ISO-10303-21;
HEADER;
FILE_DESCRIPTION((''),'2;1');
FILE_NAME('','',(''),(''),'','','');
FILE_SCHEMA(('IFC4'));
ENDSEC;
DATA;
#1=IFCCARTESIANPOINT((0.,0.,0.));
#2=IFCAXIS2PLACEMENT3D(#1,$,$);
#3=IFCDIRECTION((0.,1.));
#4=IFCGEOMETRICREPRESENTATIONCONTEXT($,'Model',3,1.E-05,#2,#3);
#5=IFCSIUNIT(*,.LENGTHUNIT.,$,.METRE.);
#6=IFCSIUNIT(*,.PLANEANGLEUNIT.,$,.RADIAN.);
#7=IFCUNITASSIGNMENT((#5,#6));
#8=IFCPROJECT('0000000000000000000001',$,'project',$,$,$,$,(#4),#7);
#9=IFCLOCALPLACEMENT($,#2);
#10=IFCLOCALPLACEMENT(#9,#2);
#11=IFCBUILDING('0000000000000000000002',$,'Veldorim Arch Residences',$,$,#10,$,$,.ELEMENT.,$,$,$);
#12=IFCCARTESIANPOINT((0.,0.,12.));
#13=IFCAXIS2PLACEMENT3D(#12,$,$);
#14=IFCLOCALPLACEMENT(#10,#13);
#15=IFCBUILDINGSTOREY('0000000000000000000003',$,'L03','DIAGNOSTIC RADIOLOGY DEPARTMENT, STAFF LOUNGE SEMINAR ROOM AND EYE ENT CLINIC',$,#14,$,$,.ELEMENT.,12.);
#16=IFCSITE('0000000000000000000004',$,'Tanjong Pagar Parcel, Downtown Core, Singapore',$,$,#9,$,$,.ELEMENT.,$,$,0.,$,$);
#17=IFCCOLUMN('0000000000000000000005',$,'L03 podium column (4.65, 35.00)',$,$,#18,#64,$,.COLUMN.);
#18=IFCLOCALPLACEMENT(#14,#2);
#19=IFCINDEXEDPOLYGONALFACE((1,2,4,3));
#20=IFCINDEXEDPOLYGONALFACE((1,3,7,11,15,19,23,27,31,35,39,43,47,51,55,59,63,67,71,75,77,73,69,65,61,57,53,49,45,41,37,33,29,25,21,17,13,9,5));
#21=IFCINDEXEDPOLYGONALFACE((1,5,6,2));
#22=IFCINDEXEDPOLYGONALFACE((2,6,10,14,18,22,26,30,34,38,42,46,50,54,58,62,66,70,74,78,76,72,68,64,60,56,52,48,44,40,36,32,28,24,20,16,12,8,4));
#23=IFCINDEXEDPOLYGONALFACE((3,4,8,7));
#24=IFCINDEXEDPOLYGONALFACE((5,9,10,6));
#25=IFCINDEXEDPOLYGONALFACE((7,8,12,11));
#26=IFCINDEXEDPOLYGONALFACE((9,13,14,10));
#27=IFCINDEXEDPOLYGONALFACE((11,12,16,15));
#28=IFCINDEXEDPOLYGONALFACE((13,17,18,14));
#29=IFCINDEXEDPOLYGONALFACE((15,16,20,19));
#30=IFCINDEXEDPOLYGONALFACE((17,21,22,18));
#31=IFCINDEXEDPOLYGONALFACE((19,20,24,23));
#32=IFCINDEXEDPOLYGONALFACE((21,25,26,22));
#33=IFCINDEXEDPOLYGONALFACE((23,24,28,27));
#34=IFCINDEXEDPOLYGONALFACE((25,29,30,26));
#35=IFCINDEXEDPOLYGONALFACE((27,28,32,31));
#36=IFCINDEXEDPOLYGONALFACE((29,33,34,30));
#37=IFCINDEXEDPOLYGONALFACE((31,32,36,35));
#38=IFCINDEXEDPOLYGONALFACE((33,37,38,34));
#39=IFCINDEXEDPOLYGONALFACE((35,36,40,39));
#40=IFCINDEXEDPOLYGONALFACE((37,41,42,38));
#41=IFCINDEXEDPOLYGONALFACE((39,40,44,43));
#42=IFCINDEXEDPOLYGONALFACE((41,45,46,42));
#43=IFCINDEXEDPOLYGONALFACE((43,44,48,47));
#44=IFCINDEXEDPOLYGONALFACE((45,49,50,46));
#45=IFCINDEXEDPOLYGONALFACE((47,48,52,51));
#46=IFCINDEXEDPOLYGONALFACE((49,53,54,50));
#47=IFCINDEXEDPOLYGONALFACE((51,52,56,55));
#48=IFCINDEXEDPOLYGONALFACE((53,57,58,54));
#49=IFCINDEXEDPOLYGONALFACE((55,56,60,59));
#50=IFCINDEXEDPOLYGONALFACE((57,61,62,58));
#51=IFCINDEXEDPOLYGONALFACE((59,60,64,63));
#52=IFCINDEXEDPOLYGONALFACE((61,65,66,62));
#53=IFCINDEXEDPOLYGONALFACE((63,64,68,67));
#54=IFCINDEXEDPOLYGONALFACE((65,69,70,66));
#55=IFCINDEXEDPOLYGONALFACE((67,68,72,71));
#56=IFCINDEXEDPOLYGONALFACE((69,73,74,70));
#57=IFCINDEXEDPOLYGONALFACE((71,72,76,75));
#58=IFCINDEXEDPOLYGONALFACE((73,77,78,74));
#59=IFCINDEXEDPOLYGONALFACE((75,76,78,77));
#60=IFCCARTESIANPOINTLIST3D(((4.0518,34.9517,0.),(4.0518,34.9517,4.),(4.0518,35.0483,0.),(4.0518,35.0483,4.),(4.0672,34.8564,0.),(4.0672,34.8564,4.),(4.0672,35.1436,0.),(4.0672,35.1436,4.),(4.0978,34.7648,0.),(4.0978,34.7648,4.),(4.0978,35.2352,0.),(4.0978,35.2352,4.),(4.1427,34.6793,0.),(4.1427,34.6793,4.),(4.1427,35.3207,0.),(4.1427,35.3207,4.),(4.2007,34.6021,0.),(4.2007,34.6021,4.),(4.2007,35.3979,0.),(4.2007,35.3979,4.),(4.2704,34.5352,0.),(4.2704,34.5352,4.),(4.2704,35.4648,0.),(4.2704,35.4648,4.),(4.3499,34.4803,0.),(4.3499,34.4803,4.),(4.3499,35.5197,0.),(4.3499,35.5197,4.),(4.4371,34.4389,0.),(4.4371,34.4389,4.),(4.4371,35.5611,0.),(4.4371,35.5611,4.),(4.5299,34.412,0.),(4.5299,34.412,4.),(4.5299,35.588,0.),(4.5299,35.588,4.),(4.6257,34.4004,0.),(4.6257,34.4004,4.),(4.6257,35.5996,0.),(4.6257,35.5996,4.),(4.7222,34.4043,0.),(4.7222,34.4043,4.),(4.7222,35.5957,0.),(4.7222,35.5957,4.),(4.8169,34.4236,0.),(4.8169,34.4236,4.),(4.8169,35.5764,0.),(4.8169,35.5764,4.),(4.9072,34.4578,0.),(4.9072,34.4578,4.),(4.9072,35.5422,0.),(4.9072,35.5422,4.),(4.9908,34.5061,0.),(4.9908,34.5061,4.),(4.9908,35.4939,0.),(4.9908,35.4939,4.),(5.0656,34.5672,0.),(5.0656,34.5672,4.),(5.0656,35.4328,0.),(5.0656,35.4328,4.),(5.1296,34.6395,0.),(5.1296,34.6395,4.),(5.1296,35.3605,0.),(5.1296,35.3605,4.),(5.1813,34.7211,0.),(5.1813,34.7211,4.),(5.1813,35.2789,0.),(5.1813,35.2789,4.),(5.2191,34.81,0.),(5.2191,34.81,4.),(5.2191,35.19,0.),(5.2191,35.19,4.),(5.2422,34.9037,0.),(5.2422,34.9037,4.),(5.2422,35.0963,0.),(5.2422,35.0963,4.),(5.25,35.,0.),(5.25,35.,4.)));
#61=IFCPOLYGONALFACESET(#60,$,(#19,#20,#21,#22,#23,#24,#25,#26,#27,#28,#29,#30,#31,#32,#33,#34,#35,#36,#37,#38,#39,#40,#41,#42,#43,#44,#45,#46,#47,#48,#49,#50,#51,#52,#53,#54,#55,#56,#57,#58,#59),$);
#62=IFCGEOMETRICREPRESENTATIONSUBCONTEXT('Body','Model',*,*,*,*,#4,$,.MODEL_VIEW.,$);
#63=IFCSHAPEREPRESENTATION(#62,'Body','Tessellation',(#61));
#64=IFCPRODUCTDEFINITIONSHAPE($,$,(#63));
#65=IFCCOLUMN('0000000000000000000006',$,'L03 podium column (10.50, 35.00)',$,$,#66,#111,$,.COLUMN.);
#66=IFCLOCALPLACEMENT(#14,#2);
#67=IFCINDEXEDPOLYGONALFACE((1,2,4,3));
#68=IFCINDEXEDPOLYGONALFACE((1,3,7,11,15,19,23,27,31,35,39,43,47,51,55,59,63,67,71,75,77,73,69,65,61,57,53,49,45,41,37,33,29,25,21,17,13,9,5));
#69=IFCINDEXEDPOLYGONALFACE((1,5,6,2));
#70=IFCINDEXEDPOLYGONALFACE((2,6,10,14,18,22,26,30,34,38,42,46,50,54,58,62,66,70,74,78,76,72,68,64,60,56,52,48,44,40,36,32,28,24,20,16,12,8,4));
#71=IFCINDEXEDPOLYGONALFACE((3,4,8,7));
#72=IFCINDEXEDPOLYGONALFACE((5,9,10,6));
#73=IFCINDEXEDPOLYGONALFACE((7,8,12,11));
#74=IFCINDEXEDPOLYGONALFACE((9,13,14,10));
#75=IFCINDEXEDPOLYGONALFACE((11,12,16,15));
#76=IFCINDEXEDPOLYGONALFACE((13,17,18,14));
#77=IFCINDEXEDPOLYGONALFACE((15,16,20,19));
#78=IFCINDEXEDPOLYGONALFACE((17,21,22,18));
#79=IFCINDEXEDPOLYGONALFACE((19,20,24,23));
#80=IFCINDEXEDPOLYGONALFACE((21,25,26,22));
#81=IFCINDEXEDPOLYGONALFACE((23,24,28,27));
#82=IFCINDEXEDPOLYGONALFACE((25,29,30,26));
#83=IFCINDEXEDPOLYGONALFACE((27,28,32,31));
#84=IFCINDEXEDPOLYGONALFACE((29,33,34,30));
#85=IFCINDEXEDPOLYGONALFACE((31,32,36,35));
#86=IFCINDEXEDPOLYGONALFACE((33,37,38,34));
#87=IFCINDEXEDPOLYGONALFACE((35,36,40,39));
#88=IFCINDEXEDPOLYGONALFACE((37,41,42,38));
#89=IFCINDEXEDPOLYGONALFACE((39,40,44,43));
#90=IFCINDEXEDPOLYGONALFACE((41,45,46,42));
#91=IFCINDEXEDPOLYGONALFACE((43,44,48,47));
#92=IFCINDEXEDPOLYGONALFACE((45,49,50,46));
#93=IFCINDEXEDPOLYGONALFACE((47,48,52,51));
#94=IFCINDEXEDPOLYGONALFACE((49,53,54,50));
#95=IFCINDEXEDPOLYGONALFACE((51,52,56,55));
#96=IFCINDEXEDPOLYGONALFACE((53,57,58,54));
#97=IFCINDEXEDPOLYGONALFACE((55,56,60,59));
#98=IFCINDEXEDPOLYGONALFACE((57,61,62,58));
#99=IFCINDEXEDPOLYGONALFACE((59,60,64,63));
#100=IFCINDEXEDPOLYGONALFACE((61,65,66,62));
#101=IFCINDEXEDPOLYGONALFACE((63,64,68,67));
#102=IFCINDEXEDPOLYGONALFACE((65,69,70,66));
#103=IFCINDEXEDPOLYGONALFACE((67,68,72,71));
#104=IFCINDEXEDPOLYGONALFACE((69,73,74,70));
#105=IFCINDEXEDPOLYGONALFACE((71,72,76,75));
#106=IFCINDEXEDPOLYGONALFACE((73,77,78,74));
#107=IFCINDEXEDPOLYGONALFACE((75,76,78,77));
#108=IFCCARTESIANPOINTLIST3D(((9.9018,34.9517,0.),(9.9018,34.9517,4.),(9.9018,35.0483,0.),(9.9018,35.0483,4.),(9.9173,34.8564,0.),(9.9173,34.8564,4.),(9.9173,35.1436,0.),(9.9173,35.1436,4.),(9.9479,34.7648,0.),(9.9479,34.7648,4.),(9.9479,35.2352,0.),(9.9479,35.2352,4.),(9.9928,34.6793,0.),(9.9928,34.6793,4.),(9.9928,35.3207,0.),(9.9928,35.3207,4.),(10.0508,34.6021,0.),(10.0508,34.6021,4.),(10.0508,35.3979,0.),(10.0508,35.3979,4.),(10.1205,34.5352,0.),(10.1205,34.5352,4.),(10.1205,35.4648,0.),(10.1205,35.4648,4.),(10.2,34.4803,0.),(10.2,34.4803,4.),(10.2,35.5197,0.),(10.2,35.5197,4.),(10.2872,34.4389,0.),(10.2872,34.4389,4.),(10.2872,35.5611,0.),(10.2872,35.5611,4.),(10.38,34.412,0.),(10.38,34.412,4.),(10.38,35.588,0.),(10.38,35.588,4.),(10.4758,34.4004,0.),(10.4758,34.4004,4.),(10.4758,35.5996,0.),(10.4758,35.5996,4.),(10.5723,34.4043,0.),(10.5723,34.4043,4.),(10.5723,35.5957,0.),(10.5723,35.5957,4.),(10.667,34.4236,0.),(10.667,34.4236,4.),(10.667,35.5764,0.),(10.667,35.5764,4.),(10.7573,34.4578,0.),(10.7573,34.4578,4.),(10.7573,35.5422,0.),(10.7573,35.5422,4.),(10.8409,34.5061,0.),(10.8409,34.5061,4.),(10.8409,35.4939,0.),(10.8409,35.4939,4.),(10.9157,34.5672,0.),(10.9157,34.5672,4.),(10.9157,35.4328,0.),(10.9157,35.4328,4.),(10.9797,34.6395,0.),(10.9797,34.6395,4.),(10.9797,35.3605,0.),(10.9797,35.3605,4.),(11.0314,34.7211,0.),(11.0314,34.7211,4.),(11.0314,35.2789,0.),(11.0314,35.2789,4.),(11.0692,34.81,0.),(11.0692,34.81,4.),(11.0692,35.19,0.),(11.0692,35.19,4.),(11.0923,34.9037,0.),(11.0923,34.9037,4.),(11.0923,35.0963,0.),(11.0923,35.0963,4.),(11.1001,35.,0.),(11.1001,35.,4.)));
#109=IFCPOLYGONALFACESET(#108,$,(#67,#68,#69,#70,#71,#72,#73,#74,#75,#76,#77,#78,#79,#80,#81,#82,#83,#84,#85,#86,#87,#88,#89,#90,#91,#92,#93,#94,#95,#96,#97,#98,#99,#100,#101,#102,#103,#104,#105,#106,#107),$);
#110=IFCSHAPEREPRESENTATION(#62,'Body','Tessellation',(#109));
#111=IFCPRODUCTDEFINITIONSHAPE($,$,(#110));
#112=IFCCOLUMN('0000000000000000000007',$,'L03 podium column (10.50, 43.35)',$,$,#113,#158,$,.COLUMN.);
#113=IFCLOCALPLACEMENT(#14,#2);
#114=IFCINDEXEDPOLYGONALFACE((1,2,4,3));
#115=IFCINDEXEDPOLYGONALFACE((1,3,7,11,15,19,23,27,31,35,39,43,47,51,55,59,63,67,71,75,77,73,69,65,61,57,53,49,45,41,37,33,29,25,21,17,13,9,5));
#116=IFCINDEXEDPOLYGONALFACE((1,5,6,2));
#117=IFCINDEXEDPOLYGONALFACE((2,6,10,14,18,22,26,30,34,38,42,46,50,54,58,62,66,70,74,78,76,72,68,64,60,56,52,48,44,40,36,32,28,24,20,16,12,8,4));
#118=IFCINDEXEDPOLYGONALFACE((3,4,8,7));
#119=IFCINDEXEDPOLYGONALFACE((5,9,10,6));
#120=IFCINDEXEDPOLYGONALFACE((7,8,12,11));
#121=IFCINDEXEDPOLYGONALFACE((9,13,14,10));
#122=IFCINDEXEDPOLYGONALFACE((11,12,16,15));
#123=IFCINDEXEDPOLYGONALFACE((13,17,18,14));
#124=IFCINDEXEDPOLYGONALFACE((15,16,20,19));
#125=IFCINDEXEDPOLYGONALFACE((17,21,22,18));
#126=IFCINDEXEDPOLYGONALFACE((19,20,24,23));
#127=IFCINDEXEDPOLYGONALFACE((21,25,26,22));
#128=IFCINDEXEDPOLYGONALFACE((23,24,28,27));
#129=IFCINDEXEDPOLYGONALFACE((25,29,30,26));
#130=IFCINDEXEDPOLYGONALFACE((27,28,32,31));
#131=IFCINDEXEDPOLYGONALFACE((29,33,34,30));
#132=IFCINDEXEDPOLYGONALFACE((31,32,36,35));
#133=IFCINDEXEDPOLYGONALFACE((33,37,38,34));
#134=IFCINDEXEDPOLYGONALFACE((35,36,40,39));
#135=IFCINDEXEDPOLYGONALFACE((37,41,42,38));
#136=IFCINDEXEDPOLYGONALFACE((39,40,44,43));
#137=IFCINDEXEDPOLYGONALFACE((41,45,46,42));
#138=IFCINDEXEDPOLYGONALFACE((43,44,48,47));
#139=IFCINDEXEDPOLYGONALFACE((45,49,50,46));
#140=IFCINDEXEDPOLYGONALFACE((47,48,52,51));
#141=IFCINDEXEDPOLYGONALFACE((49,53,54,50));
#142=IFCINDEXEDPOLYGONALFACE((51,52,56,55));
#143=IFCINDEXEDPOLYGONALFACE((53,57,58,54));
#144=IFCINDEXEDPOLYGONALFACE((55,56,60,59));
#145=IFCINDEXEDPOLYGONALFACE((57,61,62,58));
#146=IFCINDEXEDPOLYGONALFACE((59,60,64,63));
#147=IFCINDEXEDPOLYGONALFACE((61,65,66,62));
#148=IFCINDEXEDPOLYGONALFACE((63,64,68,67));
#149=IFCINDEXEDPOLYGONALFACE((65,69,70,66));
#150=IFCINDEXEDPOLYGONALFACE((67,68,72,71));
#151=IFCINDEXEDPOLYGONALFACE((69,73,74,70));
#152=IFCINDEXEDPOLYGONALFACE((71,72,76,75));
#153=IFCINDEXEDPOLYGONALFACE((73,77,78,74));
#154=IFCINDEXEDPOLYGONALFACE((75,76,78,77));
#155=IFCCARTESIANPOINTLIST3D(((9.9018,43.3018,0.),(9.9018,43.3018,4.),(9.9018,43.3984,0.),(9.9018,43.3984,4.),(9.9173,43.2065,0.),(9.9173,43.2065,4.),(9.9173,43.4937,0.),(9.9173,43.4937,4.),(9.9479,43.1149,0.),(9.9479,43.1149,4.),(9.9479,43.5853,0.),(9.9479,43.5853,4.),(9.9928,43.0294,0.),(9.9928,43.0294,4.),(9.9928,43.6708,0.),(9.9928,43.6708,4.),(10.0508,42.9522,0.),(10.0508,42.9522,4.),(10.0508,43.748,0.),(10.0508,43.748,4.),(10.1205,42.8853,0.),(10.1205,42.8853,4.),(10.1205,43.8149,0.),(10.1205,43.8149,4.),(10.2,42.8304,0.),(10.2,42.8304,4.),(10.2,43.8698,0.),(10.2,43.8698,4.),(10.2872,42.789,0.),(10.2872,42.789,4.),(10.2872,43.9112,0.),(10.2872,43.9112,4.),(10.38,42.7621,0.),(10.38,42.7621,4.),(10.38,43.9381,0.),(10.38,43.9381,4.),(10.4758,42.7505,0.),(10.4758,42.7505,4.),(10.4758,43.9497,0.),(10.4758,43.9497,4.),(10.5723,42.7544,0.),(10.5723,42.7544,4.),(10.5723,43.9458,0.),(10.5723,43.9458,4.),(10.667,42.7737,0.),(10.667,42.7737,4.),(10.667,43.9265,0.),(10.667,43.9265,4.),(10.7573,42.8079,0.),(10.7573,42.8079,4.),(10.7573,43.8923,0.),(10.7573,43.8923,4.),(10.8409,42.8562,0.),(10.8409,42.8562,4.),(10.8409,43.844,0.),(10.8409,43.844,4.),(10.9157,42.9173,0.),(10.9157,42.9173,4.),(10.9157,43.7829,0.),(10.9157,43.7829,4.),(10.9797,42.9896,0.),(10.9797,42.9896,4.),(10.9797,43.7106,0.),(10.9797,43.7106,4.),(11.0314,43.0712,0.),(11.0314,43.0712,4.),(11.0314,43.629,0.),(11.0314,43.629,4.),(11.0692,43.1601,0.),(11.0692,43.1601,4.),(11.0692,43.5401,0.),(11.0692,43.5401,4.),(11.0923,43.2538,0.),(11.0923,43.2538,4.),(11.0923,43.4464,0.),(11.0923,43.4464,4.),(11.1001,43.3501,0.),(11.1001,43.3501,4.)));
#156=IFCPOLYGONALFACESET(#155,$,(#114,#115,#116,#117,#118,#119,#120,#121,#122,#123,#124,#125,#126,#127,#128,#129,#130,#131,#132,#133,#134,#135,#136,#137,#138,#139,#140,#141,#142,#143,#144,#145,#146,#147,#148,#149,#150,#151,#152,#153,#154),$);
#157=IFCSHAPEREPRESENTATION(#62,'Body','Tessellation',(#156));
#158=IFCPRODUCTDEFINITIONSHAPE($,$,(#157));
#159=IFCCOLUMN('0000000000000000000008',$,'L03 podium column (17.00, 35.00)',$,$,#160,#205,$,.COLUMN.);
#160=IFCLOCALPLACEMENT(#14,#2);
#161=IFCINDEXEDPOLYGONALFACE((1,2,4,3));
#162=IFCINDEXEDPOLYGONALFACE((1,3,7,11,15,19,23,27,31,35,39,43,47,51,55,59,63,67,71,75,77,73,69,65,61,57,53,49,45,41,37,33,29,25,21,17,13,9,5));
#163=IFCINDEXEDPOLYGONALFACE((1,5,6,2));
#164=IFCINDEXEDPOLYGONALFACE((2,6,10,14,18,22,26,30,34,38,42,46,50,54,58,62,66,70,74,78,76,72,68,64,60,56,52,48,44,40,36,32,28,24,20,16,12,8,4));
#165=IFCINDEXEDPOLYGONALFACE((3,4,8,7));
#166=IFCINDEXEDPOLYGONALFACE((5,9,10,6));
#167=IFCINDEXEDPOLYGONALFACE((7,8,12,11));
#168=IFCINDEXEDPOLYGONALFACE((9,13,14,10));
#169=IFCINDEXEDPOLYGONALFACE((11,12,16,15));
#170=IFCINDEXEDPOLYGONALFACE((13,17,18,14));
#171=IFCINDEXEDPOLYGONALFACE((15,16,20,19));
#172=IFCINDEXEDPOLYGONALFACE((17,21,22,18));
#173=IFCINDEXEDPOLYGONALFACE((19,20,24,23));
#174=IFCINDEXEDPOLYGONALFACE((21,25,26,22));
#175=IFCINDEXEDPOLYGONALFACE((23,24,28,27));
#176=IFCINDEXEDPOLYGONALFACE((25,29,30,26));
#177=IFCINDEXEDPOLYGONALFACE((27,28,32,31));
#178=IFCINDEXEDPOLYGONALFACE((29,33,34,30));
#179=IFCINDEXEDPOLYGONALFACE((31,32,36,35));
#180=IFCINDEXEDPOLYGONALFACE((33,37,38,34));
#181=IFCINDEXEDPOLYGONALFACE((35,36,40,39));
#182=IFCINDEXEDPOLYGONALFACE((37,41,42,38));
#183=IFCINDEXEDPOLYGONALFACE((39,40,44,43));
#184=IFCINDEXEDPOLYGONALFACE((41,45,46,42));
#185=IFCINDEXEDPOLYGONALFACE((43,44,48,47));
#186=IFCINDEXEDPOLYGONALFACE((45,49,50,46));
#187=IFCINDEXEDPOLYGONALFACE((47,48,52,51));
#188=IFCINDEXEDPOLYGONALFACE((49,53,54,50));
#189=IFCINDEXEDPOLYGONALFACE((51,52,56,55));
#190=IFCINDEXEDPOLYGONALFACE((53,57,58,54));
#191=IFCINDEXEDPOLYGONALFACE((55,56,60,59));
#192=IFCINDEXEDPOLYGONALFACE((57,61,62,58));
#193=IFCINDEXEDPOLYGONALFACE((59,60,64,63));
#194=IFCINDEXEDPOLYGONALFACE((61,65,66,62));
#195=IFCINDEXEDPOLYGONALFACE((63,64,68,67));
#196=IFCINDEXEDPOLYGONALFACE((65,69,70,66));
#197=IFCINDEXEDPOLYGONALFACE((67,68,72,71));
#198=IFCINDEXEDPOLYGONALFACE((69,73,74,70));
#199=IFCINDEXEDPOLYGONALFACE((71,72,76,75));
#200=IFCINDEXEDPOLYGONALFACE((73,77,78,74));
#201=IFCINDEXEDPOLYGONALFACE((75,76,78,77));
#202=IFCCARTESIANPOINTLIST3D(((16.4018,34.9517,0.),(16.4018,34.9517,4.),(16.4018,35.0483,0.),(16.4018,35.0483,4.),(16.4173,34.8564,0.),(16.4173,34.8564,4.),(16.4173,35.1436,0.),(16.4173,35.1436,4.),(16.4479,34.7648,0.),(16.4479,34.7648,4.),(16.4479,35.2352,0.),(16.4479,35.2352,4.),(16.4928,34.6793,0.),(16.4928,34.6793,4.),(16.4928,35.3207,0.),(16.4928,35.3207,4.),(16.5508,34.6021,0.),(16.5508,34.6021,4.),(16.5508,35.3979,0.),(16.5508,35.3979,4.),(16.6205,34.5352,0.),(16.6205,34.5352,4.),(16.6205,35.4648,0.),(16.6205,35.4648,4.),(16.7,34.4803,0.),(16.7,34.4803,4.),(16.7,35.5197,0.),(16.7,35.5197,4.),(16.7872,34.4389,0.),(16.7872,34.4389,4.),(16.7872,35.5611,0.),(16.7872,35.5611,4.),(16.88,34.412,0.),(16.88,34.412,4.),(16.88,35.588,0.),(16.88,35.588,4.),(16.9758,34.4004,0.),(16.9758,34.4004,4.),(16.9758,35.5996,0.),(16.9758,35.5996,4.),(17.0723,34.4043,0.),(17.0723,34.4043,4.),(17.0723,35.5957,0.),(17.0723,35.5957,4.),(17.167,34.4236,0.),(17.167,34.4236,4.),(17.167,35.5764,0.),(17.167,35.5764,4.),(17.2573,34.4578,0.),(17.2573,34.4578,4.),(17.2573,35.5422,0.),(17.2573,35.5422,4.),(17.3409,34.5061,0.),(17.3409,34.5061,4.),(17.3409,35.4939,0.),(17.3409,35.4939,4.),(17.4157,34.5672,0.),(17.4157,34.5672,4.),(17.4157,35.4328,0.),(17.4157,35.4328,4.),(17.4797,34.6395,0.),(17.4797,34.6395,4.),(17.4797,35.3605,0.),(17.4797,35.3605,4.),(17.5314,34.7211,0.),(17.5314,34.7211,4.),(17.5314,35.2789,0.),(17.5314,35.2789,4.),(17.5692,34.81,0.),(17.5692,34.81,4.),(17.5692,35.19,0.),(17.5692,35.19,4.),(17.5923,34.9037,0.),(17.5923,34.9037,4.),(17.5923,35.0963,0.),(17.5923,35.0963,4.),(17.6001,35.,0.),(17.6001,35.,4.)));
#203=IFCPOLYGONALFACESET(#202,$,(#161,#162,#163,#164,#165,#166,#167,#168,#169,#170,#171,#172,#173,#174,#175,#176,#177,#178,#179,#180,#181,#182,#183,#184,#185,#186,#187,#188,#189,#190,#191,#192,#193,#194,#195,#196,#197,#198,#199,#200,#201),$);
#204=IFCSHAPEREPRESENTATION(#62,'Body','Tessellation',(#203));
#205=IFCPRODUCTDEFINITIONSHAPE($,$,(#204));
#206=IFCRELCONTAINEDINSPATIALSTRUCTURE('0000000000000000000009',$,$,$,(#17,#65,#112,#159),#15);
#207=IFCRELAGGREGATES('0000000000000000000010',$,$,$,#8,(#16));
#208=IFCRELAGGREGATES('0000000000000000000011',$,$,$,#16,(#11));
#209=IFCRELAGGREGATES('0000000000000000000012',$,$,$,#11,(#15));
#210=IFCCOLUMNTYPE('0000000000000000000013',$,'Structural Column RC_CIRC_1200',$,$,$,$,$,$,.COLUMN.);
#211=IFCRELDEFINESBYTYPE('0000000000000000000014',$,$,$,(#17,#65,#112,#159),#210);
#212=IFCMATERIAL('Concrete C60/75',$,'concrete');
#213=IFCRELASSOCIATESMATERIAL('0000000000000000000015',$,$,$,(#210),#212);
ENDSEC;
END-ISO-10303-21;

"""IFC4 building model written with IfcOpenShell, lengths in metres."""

from ifc_helpers import new_model, si_unit, direction, frame, origin, origin_2d, place, context, subcontext, project, spatial, circle, extrude, material, material_profile, profile_set, type_object, element, save


model = new_model("IFC4")

# Units and contexts
model_context = context("Model", 3, precision=1e-05, world=origin(), true_north=direction((0.0, 1.0)))
body_context = subcontext(model_context, "Body", "Model", "MODEL_VIEW")
ifc_project = project(units=[si_unit("LENGTHUNIT", "METRE"), si_unit("PLANEANGLEUNIT", "RADIAN")], contexts=[model_context])

# Site, building, storey
site_placement = place(None, origin())
site = spatial("IfcSite", under=ifc_project, at=site_placement, Name="Tanjong Pagar Parcel, Downtown Core, Singapore", CompositionType="ELEMENT", RefElevation=0.0)
building_placement = place(site_placement, origin())
building = spatial("IfcBuilding", under=site, at=building_placement, Name="Veldorim Arch Residences", CompositionType="ELEMENT")
storey_placement = place(building_placement, frame((0.0, 0.0, 12.0)))
storey = spatial("IfcBuildingStorey", under=building, at=storey_placement, Name="L03", Description="DIAGNOSTIC RADIOLOGY DEPARTMENT, STAFF LOUNGE SEMINAR ROOM AND EYE ENT CLINIC", CompositionType="ELEMENT", Elevation=12.0)

# Columns
ifc_material_1 = material(Name="Concrete C60/75", Category="concrete")
ifc_material_profile_1 = material_profile(ifc_material_1, circle(Radius=0.6001, at=origin_2d()), Name="RC_CIRC_1200")
ifc_profile_set_1 = profile_set([ifc_material_profile_1], Name="Concrete C60/75")
column_type = type_object("IfcColumnType", Name="Structural Column RC_CIRC_1200", PredefinedType="COLUMN", material=ifc_profile_set_1)
for number, where, z_axis, x_axis, name in (
    (1, (4.6499, 35.0, 0.0), (0.0, 0.0, 1.0), (1.0, 0.0, 0.0), "L03 podium column (4.65, 35.00)"),
    (2, (10.5, 35.0, 0.0), (0.0, 0.0, 1.0), (1.0, 0.0, 0.0), "L03 podium column (10.50, 35.00)"),
    (3, (10.5, 43.3501, 0.0), (0.0, 0.0, 1.0), (1.0, 0.0, 0.0), "L03 podium column (10.50, 43.35)"),
    (4, (17.0, 35.0, 0.0), (0.0, 0.0, 1.0), (1.0, 0.0, 0.0), "L03 podium column (17.00, 35.00)"),
):
    element("IfcColumn", number, at=place(storey_placement, frame(where, z_axis=z_axis, x_axis=x_axis)), inside=storey, type_object=column_type, Name=name, PredefinedType="COLUMN", context=body_context, shape_type="SweptSolid", body=[
        extrude(circle(Radius=0.6001, at=origin_2d()), origin(), (0.0, 0.0, 1.0), 4.0),
    ])

save(model, "model.ifc")
